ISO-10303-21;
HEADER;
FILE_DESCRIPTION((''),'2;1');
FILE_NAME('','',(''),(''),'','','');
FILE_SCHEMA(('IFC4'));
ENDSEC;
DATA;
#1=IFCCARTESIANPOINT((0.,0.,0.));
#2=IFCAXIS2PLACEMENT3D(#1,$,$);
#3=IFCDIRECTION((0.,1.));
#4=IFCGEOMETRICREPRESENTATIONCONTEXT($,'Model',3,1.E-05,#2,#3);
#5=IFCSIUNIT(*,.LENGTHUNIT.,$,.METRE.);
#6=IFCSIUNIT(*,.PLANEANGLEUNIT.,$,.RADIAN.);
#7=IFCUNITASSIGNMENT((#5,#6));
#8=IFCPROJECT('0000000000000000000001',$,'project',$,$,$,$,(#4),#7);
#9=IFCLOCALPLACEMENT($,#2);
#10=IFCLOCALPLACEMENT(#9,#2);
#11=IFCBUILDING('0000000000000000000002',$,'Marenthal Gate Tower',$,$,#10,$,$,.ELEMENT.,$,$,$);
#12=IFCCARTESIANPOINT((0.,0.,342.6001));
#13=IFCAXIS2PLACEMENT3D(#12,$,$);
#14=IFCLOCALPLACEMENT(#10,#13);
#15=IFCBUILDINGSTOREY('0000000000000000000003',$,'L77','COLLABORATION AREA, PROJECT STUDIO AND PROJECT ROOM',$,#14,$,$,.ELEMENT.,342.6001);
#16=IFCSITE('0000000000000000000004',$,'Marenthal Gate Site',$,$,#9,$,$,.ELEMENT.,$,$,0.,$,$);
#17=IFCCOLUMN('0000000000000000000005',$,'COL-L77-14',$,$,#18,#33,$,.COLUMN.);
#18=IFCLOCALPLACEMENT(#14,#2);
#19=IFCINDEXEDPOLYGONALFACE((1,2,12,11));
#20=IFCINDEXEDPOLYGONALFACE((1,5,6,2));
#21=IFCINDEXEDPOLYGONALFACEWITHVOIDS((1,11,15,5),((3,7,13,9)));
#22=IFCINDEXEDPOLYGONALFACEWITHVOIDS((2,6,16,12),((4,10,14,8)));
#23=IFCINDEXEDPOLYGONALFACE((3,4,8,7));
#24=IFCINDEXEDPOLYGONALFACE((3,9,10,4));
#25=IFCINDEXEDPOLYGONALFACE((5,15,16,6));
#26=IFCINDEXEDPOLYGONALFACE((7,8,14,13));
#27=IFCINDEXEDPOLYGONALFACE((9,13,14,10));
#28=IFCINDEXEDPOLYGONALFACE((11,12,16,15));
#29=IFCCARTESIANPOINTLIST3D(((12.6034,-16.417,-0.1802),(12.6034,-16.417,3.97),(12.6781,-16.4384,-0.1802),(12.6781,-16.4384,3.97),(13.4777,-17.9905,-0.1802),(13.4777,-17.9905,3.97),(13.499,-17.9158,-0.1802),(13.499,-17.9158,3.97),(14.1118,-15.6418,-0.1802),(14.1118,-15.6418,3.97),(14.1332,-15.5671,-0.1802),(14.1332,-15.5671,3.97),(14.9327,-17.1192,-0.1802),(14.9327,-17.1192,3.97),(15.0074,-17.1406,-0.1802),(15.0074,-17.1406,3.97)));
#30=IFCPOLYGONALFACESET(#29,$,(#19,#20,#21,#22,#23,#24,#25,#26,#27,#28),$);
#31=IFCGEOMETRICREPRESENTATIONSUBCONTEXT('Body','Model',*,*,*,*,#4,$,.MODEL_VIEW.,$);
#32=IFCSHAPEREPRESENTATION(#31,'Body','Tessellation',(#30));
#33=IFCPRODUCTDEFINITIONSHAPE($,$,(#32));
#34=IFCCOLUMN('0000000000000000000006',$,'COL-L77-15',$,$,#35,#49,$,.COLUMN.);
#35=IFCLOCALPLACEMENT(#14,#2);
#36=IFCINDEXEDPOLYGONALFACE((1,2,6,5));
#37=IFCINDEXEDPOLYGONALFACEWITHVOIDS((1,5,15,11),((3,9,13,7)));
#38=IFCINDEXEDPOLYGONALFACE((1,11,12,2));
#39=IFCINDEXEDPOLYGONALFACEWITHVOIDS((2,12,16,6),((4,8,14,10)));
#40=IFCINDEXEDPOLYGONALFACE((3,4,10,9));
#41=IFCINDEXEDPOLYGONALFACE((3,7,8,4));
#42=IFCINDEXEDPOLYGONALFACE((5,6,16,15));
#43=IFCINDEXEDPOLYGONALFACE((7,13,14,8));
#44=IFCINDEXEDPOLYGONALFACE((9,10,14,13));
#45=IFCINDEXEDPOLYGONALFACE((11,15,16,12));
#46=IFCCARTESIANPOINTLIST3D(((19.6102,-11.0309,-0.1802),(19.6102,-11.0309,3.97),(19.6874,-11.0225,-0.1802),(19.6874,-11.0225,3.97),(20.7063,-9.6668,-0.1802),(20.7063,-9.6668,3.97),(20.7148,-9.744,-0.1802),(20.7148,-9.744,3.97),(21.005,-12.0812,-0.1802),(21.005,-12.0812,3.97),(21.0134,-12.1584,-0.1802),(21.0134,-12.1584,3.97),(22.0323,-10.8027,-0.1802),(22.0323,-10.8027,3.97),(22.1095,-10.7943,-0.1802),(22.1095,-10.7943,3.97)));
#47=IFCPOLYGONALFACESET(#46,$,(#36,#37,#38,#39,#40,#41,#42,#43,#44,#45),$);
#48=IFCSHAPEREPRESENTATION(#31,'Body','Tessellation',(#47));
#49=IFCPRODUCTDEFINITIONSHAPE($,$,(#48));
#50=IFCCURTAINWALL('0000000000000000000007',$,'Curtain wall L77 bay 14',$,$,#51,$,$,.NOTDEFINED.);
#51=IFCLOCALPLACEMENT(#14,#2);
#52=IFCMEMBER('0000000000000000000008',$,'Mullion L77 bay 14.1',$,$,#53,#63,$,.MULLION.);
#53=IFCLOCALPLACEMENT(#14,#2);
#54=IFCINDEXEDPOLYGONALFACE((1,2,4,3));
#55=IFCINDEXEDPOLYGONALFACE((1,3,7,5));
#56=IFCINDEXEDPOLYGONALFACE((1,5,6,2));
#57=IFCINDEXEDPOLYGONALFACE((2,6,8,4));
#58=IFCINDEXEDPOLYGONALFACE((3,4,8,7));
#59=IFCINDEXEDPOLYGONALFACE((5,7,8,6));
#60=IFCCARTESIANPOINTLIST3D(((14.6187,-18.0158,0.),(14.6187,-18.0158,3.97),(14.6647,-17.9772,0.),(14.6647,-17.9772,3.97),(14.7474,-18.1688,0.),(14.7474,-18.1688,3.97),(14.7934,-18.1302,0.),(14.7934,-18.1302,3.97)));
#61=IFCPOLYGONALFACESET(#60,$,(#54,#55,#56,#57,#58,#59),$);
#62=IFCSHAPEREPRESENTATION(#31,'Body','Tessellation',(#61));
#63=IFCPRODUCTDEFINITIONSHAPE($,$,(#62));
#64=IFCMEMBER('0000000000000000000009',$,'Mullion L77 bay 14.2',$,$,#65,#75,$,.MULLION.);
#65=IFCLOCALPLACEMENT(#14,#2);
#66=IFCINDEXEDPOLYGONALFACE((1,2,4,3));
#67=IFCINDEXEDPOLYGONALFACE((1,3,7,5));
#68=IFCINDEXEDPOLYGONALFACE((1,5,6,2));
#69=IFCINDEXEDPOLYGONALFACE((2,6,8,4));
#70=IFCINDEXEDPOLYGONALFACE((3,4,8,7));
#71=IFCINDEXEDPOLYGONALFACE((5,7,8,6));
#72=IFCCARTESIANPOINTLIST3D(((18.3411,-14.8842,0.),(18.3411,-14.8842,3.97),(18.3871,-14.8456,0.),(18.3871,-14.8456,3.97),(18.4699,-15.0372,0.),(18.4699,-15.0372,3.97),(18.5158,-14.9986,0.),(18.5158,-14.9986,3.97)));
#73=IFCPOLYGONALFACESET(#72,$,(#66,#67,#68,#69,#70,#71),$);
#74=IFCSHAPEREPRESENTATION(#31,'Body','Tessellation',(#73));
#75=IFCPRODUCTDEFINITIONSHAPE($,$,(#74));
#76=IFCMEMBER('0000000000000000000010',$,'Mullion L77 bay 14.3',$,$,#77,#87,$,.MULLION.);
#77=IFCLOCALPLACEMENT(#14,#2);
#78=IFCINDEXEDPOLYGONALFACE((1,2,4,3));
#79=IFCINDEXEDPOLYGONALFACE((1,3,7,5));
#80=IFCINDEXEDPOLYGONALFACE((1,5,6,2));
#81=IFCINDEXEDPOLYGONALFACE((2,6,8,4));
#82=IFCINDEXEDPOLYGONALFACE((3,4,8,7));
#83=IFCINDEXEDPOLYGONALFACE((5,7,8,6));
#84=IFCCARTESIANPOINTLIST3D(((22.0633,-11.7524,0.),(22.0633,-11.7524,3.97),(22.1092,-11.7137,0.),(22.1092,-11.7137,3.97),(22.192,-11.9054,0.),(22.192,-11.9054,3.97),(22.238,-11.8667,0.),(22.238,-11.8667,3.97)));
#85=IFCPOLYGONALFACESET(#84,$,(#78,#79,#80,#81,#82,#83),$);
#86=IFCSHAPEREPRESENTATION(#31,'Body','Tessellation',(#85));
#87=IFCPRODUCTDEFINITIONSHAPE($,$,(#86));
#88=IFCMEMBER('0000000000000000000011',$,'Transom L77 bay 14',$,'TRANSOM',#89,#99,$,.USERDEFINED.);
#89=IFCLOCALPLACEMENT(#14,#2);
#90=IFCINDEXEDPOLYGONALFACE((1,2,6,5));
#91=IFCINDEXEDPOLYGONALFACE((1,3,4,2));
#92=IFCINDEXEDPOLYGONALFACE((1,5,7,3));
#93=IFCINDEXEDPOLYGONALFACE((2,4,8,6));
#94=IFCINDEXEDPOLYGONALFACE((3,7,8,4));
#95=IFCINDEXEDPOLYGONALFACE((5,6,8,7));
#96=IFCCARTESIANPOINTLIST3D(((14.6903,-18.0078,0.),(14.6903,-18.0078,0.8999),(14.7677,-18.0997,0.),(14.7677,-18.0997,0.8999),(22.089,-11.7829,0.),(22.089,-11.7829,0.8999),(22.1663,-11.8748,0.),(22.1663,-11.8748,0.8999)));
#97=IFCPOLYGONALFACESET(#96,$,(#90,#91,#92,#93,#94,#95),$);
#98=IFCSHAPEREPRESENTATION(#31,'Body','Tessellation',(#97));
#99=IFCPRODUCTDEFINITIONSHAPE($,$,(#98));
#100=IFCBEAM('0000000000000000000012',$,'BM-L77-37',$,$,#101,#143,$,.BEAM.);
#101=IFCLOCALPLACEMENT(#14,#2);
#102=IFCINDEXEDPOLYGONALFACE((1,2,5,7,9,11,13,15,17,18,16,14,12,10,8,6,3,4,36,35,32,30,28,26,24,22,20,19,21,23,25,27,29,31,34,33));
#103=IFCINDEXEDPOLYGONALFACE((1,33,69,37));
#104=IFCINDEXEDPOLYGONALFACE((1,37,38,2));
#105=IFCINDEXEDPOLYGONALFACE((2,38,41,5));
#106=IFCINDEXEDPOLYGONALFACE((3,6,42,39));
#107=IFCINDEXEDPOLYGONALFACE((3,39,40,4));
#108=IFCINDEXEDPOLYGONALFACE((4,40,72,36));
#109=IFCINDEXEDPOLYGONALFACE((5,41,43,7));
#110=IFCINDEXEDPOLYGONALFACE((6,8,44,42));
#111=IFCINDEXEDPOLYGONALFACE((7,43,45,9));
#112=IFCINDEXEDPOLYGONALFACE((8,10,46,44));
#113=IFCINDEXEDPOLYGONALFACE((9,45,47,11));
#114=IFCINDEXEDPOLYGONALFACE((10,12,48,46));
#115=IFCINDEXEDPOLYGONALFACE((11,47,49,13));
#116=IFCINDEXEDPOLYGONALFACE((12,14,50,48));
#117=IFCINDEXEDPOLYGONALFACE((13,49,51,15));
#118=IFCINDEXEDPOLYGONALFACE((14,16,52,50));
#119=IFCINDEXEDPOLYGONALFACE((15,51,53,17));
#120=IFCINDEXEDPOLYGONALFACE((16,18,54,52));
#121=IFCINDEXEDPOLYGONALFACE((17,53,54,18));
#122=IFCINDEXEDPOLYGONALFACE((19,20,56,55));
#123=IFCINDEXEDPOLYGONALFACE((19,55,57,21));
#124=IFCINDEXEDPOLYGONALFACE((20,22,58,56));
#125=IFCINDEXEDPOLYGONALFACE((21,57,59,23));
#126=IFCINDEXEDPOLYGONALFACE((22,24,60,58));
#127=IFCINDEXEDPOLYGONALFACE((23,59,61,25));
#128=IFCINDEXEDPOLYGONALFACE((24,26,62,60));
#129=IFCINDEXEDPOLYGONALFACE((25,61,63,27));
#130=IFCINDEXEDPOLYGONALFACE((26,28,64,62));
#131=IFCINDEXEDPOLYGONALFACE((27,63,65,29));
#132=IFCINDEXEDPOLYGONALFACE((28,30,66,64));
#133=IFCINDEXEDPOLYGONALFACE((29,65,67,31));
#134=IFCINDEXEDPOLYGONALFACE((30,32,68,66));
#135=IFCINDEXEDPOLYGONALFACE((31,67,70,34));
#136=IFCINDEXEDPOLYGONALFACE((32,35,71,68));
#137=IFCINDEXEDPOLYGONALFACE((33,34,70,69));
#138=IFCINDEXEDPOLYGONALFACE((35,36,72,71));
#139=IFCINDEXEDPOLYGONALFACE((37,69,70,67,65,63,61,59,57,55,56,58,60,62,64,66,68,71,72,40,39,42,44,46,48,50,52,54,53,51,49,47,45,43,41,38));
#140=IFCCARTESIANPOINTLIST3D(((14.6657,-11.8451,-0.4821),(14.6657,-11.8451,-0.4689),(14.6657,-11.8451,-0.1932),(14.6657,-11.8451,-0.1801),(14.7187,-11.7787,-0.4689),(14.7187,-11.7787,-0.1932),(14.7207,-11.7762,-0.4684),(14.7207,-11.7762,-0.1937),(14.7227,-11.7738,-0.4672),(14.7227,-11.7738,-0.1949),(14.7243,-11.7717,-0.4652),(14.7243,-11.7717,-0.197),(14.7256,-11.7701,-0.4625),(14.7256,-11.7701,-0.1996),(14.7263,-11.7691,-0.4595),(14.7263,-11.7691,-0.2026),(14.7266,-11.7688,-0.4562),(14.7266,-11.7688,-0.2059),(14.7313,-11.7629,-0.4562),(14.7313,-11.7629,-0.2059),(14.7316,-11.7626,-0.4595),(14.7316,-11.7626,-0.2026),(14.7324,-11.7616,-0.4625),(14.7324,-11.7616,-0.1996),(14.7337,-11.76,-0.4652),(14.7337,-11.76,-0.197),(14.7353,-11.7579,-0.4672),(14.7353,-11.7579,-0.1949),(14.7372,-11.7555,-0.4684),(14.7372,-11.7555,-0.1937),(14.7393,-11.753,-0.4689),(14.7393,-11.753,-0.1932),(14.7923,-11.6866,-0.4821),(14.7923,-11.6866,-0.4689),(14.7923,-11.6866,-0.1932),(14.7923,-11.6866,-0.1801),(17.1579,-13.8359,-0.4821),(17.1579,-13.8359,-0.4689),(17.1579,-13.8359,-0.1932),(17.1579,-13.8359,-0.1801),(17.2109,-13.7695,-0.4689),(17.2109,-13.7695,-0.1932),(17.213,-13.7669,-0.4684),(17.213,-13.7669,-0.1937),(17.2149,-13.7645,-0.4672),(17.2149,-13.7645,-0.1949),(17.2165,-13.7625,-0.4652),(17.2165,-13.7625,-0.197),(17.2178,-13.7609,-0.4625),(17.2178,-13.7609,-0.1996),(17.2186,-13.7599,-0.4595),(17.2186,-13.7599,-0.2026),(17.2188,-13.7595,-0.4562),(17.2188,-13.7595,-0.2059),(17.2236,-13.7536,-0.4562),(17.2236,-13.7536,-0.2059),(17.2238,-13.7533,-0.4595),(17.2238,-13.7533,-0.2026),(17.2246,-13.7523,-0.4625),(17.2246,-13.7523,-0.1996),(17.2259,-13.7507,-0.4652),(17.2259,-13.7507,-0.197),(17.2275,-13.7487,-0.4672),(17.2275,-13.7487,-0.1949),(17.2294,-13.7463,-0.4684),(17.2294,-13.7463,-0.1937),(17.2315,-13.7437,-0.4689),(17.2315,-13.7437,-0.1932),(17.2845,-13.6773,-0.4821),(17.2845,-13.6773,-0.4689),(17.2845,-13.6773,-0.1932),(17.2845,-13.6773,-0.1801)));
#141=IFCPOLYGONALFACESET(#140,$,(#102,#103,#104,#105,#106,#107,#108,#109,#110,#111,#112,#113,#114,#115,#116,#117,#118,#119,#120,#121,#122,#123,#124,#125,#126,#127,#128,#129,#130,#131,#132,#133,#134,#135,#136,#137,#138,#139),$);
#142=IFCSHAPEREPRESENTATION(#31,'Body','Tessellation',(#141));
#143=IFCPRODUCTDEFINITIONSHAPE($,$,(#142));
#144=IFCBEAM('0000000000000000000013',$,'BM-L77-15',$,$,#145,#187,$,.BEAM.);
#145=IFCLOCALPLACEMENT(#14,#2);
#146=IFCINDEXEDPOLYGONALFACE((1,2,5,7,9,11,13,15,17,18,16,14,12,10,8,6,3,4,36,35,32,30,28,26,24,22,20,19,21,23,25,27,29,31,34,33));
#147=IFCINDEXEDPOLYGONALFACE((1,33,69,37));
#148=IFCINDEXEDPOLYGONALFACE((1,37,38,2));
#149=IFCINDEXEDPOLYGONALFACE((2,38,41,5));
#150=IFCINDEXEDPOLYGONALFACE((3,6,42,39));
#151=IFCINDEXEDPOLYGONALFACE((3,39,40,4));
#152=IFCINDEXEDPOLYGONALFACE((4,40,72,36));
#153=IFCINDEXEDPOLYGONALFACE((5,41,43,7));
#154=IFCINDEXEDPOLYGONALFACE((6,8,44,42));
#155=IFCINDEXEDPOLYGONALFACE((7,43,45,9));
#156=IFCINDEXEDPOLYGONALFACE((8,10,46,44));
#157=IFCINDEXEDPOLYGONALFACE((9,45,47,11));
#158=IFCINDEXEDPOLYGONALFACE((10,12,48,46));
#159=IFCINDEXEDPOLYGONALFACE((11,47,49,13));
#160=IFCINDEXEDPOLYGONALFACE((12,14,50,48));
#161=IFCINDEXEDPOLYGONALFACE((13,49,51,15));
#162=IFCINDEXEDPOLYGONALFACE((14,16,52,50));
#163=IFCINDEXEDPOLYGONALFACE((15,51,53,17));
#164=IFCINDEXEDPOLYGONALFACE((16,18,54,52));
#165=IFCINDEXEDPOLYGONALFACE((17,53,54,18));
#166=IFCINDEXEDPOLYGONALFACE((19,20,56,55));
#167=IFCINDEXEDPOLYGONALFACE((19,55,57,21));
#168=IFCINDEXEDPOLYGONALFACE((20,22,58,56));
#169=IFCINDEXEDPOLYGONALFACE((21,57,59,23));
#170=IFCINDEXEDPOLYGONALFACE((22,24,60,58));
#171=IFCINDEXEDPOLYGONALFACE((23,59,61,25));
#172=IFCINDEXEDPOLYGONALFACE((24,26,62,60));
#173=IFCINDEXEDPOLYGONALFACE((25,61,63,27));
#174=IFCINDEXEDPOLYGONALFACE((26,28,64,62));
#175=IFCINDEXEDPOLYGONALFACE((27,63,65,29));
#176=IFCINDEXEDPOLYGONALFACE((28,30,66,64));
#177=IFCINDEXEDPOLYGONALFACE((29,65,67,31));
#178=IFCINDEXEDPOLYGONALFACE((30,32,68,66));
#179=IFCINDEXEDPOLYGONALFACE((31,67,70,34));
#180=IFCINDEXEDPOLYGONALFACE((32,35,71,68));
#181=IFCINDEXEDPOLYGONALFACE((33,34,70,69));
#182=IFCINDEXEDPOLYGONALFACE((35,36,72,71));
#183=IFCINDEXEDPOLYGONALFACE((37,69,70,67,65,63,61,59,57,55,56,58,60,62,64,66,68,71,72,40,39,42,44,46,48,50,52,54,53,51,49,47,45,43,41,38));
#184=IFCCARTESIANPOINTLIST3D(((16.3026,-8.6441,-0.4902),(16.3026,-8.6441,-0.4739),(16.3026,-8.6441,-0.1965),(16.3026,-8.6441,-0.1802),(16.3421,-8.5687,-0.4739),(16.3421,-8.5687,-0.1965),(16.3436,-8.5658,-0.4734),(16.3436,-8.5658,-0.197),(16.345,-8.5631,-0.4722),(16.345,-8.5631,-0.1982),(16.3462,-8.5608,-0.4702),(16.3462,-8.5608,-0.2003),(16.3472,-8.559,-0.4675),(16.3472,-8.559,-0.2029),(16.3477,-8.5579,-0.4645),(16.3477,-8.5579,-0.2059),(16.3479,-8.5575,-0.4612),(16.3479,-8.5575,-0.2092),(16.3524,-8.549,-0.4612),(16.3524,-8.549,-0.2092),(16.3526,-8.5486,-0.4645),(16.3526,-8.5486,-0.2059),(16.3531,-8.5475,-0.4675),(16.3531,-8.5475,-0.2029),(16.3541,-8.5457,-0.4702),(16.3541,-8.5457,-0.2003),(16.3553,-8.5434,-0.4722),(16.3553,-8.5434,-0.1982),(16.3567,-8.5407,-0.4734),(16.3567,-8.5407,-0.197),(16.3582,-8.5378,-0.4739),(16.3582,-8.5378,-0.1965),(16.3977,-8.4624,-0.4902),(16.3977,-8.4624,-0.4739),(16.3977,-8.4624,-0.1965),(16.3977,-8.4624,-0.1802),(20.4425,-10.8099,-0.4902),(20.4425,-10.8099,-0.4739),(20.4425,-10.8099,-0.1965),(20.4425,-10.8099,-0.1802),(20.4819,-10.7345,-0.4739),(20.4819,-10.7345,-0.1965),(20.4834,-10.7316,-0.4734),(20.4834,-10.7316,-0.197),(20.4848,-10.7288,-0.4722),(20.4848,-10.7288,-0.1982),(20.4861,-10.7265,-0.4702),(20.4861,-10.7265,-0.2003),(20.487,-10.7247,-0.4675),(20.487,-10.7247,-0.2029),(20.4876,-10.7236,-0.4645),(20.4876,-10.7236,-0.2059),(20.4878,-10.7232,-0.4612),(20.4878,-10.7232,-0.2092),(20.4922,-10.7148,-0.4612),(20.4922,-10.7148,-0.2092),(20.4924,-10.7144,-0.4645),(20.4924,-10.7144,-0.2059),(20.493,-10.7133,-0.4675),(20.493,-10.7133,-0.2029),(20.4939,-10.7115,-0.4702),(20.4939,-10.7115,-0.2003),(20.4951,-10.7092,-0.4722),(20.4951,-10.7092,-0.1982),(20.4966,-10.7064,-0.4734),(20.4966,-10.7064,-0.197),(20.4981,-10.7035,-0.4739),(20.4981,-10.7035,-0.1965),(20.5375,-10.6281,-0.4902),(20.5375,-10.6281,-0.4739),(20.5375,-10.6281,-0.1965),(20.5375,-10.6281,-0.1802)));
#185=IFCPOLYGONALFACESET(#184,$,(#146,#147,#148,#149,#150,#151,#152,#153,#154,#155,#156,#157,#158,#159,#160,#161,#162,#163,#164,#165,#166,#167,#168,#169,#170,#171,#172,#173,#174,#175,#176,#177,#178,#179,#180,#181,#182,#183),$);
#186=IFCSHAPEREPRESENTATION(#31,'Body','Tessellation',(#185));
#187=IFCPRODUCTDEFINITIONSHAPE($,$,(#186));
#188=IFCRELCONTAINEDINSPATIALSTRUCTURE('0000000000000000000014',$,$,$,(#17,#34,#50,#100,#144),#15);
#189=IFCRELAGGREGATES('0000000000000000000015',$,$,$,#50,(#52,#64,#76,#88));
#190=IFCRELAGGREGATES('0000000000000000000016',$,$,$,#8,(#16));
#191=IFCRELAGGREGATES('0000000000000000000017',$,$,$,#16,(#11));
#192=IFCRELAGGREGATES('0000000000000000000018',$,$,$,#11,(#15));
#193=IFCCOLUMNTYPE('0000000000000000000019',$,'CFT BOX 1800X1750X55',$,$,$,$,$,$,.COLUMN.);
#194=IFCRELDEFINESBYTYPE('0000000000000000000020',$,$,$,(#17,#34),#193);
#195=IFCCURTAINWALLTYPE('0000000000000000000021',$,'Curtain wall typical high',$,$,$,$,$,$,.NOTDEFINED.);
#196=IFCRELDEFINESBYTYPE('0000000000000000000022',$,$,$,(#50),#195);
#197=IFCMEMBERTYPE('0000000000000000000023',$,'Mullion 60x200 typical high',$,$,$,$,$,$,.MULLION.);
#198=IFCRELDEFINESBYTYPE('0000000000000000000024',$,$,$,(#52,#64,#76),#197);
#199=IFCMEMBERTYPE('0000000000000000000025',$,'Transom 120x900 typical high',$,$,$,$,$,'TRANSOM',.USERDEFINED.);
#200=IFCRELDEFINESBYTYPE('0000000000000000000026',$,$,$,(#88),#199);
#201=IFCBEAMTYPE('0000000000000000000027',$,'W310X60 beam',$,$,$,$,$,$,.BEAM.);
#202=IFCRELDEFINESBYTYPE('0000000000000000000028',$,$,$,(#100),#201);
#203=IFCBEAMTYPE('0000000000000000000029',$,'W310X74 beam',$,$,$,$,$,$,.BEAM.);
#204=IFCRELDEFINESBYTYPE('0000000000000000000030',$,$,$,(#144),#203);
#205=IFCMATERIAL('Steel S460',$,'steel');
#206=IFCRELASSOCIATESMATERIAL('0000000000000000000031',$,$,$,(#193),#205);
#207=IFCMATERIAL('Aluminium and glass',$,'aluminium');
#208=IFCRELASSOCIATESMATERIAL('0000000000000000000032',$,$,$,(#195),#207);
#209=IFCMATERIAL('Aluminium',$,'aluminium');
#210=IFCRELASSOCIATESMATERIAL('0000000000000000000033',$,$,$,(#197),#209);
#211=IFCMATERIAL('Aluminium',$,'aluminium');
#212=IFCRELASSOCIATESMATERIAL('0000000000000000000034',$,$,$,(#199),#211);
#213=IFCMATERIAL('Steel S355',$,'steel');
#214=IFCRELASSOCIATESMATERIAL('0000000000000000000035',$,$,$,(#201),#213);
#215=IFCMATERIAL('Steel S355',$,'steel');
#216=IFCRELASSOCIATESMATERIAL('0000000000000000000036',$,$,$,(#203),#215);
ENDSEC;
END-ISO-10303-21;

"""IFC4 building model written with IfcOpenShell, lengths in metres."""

from ifc_helpers import new_model, si_unit, direction, frame, origin, origin_2d, place, context, subcontext, project, spatial, rectangle, hollow_rectangle, i_section, extrude, material, material_profile, profile_set, type_object, element, aggregate, save


model = new_model("IFC4")

# Units and contexts
model_context = context("Model", 3, precision=1e-05, world=origin(), true_north=direction((0.0, 1.0)))
body_context = subcontext(model_context, "Body", "Model", "MODEL_VIEW")
ifc_project = project(units=[si_unit("LENGTHUNIT", "METRE"), si_unit("PLANEANGLEUNIT", "RADIAN")], contexts=[model_context])

# Site, building, storey
site_placement = place(None, origin())
site = spatial("IfcSite", under=ifc_project, at=site_placement, Name="Marenthal Gate Site", CompositionType="ELEMENT", RefElevation=0.0)
building_placement = place(site_placement, origin())
building = spatial("IfcBuilding", under=site, at=building_placement, Name="Marenthal Gate Tower", CompositionType="ELEMENT")
storey_placement = place(building_placement, frame((0.0, 0.0, 342.6001)))
storey = spatial("IfcBuildingStorey", under=building, at=storey_placement, Name="L77", Description="COLLABORATION AREA, PROJECT STUDIO AND PROJECT ROOM", CompositionType="ELEMENT", Elevation=342.6001)

# Columns
ifc_material_1 = material(Name="Steel S460", Category="steel")
ifc_material_profile_1 = material_profile(ifc_material_1, hollow_rectangle(XDim=1.75, YDim=1.8, WallThickness=0.0549, at=origin_2d()), Name="CFT BOX 1800X1750X55")
ifc_material_2 = material(Name="Concrete 70 MPa", Category="concrete")
ifc_material_profile_2 = material_profile(ifc_material_2, rectangle(XDim=1.6399, YDim=1.6899, at=origin_2d()), Name="CFT BOX 1800X1750X55 INFILL")
ifc_profile_set_1 = profile_set([ifc_material_profile_1, ifc_material_profile_2], Name="Steel S460 shell, Concrete 70 MPa infill")
column_type = type_object("IfcColumnType", Name="CFT BOX 1800X1750X55", PredefinedType="COLUMN", material=ifc_profile_set_1)
for number, where, z_axis, x_axis, name in (
    (1, (13.8054, -16.7788, -0.1802), (0.0, 0.0, 1.0), (-0.874131, -0.48569, 0.0), "COL-L77-14"),
    (2, (20.8599, -10.9126, -0.1802), (0.0, 0.0, 1.0), (-0.626371, -0.779525, 0.0), "COL-L77-15"),
):
    element("IfcColumn", number, at=place(storey_placement, frame(where, z_axis=z_axis, x_axis=x_axis)), inside=storey, type_object=column_type, Name=name, PredefinedType="COLUMN", context=body_context, shape_type="SweptSolid", body=[
        extrude(hollow_rectangle(XDim=1.75, YDim=1.8, WallThickness=0.0549, at=origin_2d()), origin(), (0.0, 0.0, 1.0), 4.1501),
    ])

# Curtain wall, members
ifc_material_3 = material(Name="Aluminium and glass", Category="aluminium")
curtain_wall_type = type_object("IfcCurtainWallType", Name="Curtain wall typical high", PredefinedType="NOTDEFINED", material=ifc_material_3)
curtain_wall_placement = place(storey_placement, origin())
curtain_wall = element("IfcCurtainWall", 3, at=curtain_wall_placement, inside=storey, type_object=curtain_wall_type, Name="Curtain wall L77 bay 14", PredefinedType="NOTDEFINED")
ifc_material_4 = material(Name="Aluminium", Category="aluminium")
ifc_material_profile_3 = material_profile(ifc_material_4, rectangle(XDim=0.2, YDim=0.0601, at=origin_2d()), Name="60x200 aluminium mullion")
ifc_profile_set_2 = profile_set([ifc_material_profile_3], Name="Aluminium")
member_type_1 = type_object("IfcMemberType", Name="Mullion 60x200 typical high", PredefinedType="MULLION", material=ifc_profile_set_2)
member_1_placement = place(storey_placement, frame((14.7061, -18.073, 0.0), z_axis=(0.0, 0.0, 1.0), x_axis=(-0.643801, 0.765193, 0.0)))
member_1 = element("IfcMember", 4, at=member_1_placement, type_object=member_type_1, Name="Mullion L77 bay 14.1", PredefinedType="MULLION", context=body_context, shape_type="SweptSolid", body=[
    extrude(rectangle(XDim=0.2, YDim=0.0601, at=origin_2d()), origin(), (0.0, 0.0, 1.0), 3.97),
])
member_2_placement = place(storey_placement, frame((18.4285, -14.9414, 0.0), z_axis=(0.0, 0.0, 1.0), x_axis=(-0.643801, 0.765193, 0.0)))
member_2 = element("IfcMember", 5, at=member_2_placement, type_object=member_type_1, Name="Mullion L77 bay 14.2", PredefinedType="MULLION", context=body_context, shape_type="SweptSolid", body=[
    extrude(rectangle(XDim=0.2, YDim=0.0601, at=origin_2d()), origin(), (0.0, 0.0, 1.0), 3.97),
])
member_3_placement = place(storey_placement, frame((22.1506, -11.8096, 0.0), z_axis=(0.0, 0.0, 1.0), x_axis=(-0.643801, 0.765193, 0.0)))
member_3 = element("IfcMember", 6, at=member_3_placement, type_object=member_type_1, Name="Mullion L77 bay 14.3", PredefinedType="MULLION", context=body_context, shape_type="SweptSolid", body=[
    extrude(rectangle(XDim=0.2, YDim=0.0601, at=origin_2d()), origin(), (0.0, 0.0, 1.0), 3.97),
])
ifc_material_5 = material(Name="Aluminium", Category="aluminium")
ifc_material_profile_4 = material_profile(ifc_material_5, rectangle(XDim=0.1201, YDim=0.8999, at=origin_2d()), Name="120x900 aluminium transom")
ifc_profile_set_3 = profile_set([ifc_material_profile_4], Name="Aluminium")
member_type_2 = type_object("IfcMemberType", Name="Transom 120x900 typical high", ElementType="TRANSOM", PredefinedType="USERDEFINED", material=ifc_profile_set_3)
member_4_placement = place(storey_placement, frame((14.729, -18.0537, 0.45), z_axis=(0.765197, 0.643796, 0.0), x_axis=(-0.643796, 0.765197, 0.0)))
member_4 = element("IfcMember", 7, at=member_4_placement, type_object=member_type_2, Name="Transom L77 bay 14", ObjectType="TRANSOM", PredefinedType="USERDEFINED", context=body_context, shape_type="SweptSolid", body=[
    extrude(rectangle(XDim=0.1201, YDim=0.8999, at=origin_2d()), origin(), (0.0, 0.0, 1.0), 9.6689),
])

# Beams
ifc_material_6 = material(Name="Steel S355", Category="steel")
ifc_material_profile_5 = material_profile(ifc_material_6, i_section(OverallWidth=0.2029, OverallDepth=0.302, WebThickness=0.0076, FlangeThickness=0.0132, FilletRadius=0.0127, at=origin_2d()), Name="W310X60")
ifc_profile_set_4 = profile_set([ifc_material_profile_5], Name="Steel S355")
beam_type_1 = type_object("IfcBeamType", Name="W310X60 beam", PredefinedType="BEAM", material=ifc_profile_set_4)
beam_1_placement = place(storey_placement, frame((17.2212, -13.7566, -0.3311), z_axis=(-0.781332, 0.624116, 0.0), x_axis=(-0.624116, -0.781332, 0.0)))
element("IfcBeam", 8, at=beam_1_placement, inside=storey, type_object=beam_type_1, Name="BM-L77-37", PredefinedType="BEAM", context=body_context, shape_type="SweptSolid", body=[
    extrude(i_section(OverallWidth=0.2029, OverallDepth=0.302, WebThickness=0.0076, FlangeThickness=0.0132, FilletRadius=0.0127, at=origin_2d()), origin(), (0.0, 0.0, 1.0), 3.1897),
])
ifc_material_7 = material(Name="Steel S355", Category="steel")
ifc_material_profile_6 = material_profile(ifc_material_7, i_section(OverallWidth=0.2051, OverallDepth=0.3101, WebThickness=0.0095, FlangeThickness=0.0164, FilletRadius=0.0127, at=origin_2d()), Name="W310X74")
ifc_profile_set_5 = profile_set([ifc_material_profile_6], Name="Steel S355")
beam_type_2 = type_object("IfcBeamType", Name="W310X74 beam", PredefinedType="BEAM", material=ifc_profile_set_5)
beam_2_placement = place(storey_placement, frame((20.49, -10.719, -0.3352), z_axis=(-0.886073, 0.463546, 0.0), x_axis=(-0.463546, -0.886073, 0.0)))
element("IfcBeam", 9, at=beam_2_placement, inside=storey, type_object=beam_type_2, Name="BM-L77-15", PredefinedType="BEAM", context=body_context, shape_type="SweptSolid", body=[
    extrude(i_section(OverallWidth=0.2051, OverallDepth=0.3101, WebThickness=0.0095, FlangeThickness=0.0164, FilletRadius=0.0127, at=origin_2d()), origin(), (0.0, 0.0, 1.0), 4.6721),
])

aggregate(curtain_wall, [member_1, member_2, member_3, member_4])

save(model, "model.ifc")
